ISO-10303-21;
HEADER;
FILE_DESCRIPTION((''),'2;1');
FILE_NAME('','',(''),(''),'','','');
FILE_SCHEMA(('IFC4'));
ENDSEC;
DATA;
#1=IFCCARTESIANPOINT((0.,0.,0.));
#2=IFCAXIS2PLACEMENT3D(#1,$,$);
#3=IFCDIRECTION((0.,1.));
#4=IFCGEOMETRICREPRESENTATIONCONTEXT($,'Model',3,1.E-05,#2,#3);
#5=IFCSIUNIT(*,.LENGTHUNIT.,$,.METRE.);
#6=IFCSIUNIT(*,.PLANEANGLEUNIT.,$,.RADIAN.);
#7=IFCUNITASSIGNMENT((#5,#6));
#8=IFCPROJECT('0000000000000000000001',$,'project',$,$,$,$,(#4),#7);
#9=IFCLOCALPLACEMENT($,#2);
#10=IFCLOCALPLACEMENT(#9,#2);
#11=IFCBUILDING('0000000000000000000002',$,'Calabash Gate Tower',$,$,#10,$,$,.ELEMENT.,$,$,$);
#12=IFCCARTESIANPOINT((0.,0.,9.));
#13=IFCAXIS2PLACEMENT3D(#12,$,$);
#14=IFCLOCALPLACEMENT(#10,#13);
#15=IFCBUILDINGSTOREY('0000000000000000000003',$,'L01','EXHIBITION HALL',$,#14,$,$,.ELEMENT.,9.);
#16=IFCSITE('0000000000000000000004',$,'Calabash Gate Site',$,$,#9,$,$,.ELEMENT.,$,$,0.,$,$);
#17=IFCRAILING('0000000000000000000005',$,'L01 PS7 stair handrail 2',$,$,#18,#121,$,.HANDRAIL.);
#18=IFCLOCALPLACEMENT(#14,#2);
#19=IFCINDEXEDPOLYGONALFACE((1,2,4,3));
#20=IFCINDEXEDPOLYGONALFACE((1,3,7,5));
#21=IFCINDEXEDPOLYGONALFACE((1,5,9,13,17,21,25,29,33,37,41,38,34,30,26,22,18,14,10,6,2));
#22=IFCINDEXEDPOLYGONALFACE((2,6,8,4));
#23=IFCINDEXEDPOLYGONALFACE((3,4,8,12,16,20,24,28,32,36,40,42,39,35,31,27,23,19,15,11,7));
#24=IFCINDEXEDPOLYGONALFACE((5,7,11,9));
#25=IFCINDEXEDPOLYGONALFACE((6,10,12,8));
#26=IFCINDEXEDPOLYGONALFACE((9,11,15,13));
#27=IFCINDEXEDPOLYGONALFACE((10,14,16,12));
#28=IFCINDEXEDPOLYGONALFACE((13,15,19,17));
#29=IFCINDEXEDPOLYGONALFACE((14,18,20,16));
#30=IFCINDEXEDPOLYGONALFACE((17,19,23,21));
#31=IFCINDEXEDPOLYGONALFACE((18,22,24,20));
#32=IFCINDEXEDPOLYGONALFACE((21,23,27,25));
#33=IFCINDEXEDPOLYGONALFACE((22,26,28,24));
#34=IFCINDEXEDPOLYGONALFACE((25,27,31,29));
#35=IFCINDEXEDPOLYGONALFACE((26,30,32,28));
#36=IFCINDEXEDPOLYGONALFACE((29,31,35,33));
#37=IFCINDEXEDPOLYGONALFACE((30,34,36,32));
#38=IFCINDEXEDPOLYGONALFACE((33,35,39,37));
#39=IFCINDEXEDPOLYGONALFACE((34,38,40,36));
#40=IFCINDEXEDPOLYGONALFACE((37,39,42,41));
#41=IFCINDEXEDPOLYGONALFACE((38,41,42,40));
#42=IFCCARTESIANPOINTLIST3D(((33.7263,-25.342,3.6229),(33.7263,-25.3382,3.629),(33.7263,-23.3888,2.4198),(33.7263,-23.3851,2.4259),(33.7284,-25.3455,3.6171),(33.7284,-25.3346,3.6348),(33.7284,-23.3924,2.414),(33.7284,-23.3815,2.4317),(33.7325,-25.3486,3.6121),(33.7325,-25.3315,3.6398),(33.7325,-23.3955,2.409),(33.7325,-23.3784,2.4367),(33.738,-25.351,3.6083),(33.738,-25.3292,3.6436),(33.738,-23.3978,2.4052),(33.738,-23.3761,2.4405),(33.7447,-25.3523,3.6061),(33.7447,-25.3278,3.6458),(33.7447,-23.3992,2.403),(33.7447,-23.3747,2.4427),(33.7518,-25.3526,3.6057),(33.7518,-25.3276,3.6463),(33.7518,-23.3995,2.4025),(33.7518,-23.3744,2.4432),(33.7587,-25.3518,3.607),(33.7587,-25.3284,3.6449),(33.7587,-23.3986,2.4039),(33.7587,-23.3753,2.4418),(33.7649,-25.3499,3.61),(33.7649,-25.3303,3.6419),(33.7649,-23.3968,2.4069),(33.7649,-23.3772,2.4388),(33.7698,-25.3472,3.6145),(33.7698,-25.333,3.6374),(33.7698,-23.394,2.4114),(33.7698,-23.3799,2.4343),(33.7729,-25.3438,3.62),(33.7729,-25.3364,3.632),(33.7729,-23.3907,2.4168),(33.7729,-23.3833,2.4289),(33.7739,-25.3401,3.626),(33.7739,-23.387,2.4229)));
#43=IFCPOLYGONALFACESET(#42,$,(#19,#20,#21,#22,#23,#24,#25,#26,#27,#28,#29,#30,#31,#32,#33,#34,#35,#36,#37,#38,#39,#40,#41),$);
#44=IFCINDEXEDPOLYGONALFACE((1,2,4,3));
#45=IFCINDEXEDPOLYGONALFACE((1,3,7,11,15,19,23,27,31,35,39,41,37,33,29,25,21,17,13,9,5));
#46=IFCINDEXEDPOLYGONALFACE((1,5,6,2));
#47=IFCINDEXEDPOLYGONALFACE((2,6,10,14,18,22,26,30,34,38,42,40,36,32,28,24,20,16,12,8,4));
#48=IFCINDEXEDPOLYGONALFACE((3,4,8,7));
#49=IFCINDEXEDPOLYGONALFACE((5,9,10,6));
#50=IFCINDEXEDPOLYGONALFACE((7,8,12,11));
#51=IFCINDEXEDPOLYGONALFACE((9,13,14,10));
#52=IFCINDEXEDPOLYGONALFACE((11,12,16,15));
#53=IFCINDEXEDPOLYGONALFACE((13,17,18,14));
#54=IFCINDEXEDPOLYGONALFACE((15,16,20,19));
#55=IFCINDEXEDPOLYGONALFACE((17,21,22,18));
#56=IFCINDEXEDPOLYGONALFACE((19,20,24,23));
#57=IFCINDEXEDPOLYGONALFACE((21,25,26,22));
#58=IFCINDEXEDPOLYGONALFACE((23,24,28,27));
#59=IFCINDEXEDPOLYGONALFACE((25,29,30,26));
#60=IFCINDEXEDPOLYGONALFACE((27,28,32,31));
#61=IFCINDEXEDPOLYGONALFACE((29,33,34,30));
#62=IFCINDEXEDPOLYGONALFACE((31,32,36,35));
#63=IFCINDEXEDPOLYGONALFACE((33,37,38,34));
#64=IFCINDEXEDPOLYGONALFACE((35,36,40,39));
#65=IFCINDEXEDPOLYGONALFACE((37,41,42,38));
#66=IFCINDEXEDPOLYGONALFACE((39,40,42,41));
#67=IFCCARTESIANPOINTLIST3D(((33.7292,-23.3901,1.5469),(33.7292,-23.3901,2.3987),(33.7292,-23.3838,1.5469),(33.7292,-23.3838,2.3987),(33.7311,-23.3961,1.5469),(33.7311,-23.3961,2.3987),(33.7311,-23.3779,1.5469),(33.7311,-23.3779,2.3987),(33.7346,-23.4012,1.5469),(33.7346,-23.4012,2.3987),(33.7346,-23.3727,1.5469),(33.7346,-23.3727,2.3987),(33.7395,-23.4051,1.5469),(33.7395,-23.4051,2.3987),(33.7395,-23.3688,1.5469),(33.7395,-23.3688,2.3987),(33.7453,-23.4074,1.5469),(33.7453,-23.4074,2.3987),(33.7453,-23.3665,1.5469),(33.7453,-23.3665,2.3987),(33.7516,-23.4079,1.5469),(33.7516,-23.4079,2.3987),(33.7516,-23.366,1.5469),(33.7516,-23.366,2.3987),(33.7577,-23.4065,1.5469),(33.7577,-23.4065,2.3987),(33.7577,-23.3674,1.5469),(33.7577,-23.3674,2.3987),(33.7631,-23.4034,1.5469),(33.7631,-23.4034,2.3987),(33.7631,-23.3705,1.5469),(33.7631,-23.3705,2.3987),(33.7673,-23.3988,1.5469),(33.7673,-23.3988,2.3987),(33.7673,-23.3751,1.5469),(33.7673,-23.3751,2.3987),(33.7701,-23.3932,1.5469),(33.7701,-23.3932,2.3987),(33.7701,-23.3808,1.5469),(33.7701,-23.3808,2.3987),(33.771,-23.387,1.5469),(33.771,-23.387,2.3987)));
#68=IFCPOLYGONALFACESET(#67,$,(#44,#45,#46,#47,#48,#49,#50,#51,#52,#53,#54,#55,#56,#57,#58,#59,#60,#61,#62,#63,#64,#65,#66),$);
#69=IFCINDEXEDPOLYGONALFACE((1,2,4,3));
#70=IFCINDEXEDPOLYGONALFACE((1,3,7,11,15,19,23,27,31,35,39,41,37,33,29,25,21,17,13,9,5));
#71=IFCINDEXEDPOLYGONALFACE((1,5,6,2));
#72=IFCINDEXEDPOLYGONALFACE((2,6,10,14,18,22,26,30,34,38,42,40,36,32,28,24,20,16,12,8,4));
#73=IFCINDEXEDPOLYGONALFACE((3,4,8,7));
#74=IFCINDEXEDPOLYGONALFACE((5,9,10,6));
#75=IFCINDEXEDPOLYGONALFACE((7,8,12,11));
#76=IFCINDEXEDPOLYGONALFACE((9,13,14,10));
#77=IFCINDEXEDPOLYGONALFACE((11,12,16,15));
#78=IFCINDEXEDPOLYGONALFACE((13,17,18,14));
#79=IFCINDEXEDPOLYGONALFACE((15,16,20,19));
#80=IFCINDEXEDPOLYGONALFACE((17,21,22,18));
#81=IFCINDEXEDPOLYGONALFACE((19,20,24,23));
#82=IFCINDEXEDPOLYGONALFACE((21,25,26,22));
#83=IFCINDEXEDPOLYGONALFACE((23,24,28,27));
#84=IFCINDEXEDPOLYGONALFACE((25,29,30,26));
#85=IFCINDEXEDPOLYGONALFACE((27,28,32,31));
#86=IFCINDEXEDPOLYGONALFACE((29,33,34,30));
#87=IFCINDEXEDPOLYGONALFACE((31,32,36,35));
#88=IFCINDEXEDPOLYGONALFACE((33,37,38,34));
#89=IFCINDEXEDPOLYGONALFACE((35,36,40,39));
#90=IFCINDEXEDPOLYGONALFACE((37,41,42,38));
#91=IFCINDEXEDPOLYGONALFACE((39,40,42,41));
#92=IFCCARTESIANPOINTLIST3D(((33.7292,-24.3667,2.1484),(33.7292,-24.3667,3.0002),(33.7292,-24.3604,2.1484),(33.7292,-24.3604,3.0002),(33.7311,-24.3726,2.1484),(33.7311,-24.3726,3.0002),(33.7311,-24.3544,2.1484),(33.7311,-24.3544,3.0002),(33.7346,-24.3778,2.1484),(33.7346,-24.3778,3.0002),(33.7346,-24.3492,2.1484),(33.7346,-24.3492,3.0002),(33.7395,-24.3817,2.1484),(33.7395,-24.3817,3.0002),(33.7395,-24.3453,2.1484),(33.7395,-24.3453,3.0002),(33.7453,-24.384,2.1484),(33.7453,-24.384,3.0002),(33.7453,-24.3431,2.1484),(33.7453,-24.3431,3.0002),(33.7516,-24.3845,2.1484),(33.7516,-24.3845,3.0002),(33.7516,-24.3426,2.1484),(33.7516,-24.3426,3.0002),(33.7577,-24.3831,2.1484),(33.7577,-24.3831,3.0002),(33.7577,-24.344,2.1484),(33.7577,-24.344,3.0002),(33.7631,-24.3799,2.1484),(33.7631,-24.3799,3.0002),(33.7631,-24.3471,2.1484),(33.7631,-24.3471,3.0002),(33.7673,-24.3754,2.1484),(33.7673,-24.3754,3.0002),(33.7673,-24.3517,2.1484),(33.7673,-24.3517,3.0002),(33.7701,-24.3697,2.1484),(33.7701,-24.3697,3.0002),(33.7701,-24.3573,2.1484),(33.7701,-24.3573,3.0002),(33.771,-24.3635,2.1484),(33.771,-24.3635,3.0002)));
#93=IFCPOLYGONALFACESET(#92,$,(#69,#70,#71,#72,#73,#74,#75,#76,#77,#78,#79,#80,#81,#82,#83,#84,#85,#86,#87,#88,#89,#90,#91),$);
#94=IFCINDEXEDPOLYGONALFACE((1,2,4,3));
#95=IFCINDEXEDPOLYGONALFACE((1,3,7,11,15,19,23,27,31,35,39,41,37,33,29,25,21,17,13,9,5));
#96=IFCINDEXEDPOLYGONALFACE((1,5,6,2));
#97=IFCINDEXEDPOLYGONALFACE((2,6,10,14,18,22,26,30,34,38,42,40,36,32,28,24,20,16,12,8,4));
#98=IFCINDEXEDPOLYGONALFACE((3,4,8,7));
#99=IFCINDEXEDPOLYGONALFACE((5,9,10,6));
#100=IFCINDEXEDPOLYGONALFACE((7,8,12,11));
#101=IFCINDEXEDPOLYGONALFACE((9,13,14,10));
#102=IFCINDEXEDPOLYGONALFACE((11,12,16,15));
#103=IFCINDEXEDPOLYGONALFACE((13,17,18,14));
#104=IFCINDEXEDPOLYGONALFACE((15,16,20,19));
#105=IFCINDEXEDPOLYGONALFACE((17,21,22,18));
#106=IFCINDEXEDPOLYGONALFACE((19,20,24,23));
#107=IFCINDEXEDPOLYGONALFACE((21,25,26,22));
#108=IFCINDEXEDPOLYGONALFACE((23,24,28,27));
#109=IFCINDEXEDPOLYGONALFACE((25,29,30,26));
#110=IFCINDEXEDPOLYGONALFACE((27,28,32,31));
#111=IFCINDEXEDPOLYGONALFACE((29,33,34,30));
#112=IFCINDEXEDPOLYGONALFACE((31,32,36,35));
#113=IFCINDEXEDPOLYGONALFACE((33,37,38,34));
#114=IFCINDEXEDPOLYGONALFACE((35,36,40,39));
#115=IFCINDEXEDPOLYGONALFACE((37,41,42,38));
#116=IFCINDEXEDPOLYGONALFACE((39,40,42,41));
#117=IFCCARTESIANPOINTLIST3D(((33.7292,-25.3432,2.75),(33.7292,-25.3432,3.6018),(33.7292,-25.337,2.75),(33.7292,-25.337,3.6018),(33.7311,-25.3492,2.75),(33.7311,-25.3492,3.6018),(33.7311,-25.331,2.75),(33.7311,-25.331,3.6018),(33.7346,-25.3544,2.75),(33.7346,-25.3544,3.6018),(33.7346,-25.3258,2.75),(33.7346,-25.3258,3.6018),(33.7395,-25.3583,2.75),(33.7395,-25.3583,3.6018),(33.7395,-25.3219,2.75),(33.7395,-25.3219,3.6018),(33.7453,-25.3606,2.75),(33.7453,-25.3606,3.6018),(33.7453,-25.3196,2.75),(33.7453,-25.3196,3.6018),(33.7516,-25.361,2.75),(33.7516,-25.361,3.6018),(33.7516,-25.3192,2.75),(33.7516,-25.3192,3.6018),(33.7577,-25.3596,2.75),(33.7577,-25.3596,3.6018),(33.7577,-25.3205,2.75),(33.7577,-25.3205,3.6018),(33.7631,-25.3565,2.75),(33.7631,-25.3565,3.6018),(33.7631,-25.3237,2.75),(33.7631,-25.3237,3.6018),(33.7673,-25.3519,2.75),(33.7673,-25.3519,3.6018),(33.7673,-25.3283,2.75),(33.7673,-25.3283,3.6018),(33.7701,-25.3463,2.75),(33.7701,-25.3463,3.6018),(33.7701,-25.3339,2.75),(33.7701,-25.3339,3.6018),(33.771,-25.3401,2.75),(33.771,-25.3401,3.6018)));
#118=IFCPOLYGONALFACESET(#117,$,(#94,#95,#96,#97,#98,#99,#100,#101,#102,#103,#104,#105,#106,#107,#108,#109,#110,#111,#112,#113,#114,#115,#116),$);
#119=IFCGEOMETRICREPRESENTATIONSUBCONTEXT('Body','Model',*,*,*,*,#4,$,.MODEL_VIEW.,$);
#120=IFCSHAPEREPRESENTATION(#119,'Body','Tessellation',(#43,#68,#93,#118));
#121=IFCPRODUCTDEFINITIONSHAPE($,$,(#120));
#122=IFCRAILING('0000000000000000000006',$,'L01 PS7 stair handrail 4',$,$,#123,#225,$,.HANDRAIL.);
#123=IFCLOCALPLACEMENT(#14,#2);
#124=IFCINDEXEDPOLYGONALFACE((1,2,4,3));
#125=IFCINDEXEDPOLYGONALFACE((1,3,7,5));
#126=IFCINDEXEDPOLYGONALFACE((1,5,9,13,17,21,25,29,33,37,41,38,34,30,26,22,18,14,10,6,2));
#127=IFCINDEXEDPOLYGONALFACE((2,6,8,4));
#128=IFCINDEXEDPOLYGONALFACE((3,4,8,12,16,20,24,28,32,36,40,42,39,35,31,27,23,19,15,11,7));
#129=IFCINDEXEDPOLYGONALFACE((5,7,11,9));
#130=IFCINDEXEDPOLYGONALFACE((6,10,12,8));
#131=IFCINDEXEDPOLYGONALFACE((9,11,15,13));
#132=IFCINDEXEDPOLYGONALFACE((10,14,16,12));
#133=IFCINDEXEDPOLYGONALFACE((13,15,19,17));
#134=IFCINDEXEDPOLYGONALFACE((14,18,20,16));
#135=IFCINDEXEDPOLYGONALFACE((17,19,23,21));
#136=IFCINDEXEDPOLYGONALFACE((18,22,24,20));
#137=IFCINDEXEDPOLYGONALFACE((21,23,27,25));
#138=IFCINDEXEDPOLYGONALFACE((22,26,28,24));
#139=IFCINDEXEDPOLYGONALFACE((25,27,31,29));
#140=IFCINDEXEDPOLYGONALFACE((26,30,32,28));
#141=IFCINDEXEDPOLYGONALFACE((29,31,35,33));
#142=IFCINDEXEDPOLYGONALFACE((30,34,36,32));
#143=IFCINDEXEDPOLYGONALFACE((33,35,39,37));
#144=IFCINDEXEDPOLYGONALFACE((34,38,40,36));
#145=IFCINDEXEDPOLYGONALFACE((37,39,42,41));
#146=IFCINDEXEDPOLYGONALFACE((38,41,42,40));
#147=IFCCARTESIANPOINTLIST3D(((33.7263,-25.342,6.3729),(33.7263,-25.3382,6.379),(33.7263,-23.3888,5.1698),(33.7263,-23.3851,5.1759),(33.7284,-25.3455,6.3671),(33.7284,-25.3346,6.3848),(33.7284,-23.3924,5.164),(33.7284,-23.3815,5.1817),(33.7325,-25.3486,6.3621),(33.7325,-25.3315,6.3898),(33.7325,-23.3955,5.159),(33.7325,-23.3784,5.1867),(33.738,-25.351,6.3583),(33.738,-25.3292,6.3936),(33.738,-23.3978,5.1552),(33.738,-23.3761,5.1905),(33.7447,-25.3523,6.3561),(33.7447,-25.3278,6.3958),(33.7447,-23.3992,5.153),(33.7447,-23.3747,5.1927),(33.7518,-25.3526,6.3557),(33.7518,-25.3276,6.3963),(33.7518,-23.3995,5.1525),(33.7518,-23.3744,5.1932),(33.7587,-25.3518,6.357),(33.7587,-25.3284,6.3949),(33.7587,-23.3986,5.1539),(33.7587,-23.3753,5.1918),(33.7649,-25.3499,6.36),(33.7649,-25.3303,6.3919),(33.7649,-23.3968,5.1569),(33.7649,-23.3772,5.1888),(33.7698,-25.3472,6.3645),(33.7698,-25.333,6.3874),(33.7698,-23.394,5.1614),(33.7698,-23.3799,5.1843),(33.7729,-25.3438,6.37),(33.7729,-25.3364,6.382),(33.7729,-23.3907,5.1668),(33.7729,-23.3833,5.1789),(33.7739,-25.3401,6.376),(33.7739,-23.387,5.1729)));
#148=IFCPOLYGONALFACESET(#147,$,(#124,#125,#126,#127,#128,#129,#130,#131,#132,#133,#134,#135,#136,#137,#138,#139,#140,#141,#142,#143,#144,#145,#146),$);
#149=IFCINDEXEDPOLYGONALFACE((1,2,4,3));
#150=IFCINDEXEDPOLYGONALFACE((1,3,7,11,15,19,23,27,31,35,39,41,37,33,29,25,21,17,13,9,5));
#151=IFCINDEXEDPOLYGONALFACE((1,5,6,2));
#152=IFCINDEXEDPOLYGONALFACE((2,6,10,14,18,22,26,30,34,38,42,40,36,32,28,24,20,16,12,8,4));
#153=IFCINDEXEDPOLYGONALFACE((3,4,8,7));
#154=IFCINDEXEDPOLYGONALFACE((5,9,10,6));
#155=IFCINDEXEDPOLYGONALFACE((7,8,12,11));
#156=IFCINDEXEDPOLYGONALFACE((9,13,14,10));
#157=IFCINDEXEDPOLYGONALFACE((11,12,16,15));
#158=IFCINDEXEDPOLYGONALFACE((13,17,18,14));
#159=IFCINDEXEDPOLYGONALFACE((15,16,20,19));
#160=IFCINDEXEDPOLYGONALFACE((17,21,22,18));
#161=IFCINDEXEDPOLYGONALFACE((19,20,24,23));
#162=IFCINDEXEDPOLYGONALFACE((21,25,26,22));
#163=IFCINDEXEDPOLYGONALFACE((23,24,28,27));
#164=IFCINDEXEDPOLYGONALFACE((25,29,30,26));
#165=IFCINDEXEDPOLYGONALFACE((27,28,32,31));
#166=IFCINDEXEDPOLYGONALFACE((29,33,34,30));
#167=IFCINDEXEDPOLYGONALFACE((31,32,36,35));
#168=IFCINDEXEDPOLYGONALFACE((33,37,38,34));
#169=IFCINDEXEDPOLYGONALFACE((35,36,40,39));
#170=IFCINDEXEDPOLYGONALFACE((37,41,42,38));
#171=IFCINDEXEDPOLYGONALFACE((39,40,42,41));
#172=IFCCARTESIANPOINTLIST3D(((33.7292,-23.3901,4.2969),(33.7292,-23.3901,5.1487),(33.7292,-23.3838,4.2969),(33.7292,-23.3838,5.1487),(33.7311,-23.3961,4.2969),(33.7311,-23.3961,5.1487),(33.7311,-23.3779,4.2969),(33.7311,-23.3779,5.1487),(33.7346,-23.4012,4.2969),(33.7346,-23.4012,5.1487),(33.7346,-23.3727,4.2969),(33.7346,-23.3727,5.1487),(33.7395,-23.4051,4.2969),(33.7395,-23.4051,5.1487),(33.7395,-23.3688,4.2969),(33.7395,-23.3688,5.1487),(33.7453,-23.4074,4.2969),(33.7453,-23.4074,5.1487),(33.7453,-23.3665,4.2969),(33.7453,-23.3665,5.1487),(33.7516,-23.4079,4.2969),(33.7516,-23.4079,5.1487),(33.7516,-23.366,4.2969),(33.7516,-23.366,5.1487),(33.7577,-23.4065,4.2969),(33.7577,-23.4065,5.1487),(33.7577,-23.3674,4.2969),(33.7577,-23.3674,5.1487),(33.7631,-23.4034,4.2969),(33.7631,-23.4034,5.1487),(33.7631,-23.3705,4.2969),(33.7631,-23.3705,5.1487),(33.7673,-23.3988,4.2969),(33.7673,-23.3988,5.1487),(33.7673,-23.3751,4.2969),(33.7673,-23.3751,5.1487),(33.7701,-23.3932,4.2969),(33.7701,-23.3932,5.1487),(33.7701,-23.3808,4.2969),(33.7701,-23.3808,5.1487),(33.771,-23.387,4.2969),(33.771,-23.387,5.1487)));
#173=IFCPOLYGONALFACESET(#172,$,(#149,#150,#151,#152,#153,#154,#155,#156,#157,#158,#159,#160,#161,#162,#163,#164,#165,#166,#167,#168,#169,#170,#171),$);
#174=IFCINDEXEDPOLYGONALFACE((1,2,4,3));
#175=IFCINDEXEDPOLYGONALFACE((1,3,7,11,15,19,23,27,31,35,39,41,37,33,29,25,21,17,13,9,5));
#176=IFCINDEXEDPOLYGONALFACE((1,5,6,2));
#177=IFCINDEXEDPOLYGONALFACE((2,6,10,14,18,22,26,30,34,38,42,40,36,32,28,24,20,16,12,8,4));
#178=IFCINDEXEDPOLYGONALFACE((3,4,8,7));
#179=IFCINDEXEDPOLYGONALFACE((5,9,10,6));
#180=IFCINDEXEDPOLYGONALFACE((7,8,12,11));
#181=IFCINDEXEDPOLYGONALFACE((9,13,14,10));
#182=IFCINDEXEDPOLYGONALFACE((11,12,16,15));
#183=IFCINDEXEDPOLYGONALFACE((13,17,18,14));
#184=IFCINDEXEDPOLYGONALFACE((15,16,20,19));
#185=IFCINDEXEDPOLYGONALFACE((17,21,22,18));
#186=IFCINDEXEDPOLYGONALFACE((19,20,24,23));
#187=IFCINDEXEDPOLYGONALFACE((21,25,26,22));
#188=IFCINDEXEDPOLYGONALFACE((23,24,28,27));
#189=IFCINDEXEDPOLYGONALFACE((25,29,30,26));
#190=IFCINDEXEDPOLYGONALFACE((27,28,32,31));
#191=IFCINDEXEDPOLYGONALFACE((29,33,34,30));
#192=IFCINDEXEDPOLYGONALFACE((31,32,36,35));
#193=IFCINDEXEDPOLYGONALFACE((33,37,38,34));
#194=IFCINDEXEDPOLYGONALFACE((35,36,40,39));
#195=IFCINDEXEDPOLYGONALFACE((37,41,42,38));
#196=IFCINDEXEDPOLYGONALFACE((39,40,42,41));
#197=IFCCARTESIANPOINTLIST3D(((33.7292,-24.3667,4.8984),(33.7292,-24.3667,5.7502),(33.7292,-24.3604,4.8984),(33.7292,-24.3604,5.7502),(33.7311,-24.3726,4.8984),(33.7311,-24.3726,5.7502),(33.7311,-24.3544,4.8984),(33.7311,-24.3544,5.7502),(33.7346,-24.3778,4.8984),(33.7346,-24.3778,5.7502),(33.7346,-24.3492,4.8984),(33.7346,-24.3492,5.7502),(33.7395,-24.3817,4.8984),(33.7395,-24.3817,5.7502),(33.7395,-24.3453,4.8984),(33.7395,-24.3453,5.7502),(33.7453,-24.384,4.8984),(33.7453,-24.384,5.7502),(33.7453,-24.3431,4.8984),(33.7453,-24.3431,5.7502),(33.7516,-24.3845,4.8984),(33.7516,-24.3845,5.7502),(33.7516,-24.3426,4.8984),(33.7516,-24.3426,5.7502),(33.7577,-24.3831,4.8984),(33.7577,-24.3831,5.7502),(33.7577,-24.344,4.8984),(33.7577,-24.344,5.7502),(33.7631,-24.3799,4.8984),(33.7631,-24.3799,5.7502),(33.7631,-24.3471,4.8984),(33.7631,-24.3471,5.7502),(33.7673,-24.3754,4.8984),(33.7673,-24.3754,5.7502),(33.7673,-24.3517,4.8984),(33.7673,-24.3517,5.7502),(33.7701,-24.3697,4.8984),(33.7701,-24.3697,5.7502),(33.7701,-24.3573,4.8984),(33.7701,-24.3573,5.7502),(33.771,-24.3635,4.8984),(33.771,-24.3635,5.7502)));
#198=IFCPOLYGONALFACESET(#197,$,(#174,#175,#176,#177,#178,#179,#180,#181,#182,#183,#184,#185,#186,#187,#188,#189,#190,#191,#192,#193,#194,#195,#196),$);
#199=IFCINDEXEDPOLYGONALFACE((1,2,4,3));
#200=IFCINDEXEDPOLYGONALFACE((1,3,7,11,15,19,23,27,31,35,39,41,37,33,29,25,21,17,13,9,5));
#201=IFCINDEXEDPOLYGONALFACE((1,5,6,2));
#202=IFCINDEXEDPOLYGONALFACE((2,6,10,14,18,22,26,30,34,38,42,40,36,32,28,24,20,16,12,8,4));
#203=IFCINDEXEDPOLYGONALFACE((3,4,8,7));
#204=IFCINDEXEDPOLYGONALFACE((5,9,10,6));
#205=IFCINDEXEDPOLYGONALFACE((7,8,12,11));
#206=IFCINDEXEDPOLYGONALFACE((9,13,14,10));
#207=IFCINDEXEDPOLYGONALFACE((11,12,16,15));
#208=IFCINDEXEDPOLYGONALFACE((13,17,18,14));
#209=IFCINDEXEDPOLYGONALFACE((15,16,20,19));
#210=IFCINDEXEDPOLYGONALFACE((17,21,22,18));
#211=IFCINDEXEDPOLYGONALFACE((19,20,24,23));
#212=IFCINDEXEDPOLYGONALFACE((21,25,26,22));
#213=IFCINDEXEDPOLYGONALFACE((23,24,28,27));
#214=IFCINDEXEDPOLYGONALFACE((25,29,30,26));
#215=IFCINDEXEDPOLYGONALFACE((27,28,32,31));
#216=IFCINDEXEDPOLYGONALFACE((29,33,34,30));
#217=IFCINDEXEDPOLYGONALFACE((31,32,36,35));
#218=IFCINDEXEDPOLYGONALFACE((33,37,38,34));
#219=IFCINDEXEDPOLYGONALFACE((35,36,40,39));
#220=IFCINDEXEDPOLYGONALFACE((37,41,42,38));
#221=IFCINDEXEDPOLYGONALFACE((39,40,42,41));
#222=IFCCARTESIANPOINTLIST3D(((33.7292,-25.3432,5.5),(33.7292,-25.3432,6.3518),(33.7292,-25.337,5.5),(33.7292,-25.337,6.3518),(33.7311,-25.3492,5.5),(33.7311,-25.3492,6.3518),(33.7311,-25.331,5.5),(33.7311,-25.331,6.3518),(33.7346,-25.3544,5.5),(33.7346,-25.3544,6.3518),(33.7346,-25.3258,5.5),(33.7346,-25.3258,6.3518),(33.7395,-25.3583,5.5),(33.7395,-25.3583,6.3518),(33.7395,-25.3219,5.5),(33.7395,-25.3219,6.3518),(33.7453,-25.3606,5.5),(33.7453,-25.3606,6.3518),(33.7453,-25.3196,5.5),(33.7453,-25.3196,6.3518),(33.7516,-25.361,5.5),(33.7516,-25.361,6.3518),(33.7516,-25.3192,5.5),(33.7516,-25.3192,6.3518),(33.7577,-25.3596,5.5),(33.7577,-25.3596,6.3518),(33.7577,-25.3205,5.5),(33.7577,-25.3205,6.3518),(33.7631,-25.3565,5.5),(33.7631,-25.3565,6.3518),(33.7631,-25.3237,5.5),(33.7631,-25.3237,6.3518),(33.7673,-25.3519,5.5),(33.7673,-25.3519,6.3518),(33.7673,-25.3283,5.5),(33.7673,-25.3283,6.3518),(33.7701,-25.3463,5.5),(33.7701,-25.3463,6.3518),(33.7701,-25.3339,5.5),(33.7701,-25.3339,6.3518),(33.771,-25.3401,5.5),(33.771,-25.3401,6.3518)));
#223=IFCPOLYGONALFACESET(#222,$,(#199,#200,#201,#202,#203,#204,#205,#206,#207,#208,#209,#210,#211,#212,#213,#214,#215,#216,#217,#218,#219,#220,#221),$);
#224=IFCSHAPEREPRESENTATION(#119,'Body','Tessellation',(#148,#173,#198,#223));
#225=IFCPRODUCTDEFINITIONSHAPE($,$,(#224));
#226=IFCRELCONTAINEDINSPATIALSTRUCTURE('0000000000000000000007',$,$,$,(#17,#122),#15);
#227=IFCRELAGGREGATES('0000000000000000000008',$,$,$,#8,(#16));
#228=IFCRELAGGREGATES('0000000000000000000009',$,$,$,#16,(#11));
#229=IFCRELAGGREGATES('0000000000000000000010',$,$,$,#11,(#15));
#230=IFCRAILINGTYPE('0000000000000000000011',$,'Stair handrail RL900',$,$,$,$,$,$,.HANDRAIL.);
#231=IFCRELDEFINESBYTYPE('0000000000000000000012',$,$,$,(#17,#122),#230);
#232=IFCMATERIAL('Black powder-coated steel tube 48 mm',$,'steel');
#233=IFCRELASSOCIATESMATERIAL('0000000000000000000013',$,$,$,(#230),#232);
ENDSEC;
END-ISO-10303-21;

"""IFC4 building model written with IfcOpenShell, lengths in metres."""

from ifc_helpers import new_model, si_unit, direction, frame, origin, origin_2d, place, context, subcontext, project, spatial, circle, extrude, material, type_object, element, save


model = new_model("IFC4")

# Units and contexts
model_context = context("Model", 3, precision=1e-05, world=origin(), true_north=direction((0.0, 1.0)))
body_context = subcontext(model_context, "Body", "Model", "MODEL_VIEW")
ifc_project = project(units=[si_unit("LENGTHUNIT", "METRE"), si_unit("PLANEANGLEUNIT", "RADIAN")], contexts=[model_context])

# Site, building, storey
site_placement = place(None, origin())
site = spatial("IfcSite", under=ifc_project, at=site_placement, Name="Calabash Gate Site", CompositionType="ELEMENT", RefElevation=0.0)
building_placement = place(site_placement, origin())
building = spatial("IfcBuilding", under=site, at=building_placement, Name="Calabash Gate Tower", CompositionType="ELEMENT")
storey_placement = place(building_placement, frame((0.0, 0.0, 9.0)))
storey = spatial("IfcBuildingStorey", under=building, at=storey_placement, Name="L01", Description="EXHIBITION HALL", CompositionType="ELEMENT", Elevation=9.0)

# Railings
ifc_material_1 = material(Name="Black powder-coated steel tube 48 mm", Category="steel")
railing_type_1 = type_object("IfcRailingType", Name="Stair handrail RL900", PredefinedType="HANDRAIL", material=ifc_material_1)
for number, where, name in (
    (1, (33.75, -23.387, 1.5469), "L01 PS7 stair handrail 2"),
    (2, (33.75, -23.387, 4.2969), "L01 PS7 stair handrail 4"),
):
    element("IfcRailing", number, at=place(storey_placement, frame(where)), inside=storey, type_object=railing_type_1, Name=name, PredefinedType="HANDRAIL", context=body_context, shape_type="SweptSolid", body=[
        extrude(circle(Radius=0.0239, at=origin_2d()), frame((0.0, 0.0, 0.876), z_axis=(0.0, -0.851424, 0.524477), x_axis=(1.0, 0.0, 0.0)), (0.0, 0.0, 1.0), 2.2939),
        extrude(circle(Radius=0.021, at=origin_2d()), origin(), (0.0, 0.0, 1.0), 0.8518),
        extrude(circle(Radius=0.021, at=origin_2d()), frame((0.0, -0.9766, 0.6016)), (0.0, 0.0, 1.0), 0.8518),
        extrude(circle(Radius=0.021, at=origin_2d()), frame((0.0, -1.9531, 1.2031)), (0.0, 0.0, 1.0), 0.8518),
    ])

save(model, "model.ifc")
